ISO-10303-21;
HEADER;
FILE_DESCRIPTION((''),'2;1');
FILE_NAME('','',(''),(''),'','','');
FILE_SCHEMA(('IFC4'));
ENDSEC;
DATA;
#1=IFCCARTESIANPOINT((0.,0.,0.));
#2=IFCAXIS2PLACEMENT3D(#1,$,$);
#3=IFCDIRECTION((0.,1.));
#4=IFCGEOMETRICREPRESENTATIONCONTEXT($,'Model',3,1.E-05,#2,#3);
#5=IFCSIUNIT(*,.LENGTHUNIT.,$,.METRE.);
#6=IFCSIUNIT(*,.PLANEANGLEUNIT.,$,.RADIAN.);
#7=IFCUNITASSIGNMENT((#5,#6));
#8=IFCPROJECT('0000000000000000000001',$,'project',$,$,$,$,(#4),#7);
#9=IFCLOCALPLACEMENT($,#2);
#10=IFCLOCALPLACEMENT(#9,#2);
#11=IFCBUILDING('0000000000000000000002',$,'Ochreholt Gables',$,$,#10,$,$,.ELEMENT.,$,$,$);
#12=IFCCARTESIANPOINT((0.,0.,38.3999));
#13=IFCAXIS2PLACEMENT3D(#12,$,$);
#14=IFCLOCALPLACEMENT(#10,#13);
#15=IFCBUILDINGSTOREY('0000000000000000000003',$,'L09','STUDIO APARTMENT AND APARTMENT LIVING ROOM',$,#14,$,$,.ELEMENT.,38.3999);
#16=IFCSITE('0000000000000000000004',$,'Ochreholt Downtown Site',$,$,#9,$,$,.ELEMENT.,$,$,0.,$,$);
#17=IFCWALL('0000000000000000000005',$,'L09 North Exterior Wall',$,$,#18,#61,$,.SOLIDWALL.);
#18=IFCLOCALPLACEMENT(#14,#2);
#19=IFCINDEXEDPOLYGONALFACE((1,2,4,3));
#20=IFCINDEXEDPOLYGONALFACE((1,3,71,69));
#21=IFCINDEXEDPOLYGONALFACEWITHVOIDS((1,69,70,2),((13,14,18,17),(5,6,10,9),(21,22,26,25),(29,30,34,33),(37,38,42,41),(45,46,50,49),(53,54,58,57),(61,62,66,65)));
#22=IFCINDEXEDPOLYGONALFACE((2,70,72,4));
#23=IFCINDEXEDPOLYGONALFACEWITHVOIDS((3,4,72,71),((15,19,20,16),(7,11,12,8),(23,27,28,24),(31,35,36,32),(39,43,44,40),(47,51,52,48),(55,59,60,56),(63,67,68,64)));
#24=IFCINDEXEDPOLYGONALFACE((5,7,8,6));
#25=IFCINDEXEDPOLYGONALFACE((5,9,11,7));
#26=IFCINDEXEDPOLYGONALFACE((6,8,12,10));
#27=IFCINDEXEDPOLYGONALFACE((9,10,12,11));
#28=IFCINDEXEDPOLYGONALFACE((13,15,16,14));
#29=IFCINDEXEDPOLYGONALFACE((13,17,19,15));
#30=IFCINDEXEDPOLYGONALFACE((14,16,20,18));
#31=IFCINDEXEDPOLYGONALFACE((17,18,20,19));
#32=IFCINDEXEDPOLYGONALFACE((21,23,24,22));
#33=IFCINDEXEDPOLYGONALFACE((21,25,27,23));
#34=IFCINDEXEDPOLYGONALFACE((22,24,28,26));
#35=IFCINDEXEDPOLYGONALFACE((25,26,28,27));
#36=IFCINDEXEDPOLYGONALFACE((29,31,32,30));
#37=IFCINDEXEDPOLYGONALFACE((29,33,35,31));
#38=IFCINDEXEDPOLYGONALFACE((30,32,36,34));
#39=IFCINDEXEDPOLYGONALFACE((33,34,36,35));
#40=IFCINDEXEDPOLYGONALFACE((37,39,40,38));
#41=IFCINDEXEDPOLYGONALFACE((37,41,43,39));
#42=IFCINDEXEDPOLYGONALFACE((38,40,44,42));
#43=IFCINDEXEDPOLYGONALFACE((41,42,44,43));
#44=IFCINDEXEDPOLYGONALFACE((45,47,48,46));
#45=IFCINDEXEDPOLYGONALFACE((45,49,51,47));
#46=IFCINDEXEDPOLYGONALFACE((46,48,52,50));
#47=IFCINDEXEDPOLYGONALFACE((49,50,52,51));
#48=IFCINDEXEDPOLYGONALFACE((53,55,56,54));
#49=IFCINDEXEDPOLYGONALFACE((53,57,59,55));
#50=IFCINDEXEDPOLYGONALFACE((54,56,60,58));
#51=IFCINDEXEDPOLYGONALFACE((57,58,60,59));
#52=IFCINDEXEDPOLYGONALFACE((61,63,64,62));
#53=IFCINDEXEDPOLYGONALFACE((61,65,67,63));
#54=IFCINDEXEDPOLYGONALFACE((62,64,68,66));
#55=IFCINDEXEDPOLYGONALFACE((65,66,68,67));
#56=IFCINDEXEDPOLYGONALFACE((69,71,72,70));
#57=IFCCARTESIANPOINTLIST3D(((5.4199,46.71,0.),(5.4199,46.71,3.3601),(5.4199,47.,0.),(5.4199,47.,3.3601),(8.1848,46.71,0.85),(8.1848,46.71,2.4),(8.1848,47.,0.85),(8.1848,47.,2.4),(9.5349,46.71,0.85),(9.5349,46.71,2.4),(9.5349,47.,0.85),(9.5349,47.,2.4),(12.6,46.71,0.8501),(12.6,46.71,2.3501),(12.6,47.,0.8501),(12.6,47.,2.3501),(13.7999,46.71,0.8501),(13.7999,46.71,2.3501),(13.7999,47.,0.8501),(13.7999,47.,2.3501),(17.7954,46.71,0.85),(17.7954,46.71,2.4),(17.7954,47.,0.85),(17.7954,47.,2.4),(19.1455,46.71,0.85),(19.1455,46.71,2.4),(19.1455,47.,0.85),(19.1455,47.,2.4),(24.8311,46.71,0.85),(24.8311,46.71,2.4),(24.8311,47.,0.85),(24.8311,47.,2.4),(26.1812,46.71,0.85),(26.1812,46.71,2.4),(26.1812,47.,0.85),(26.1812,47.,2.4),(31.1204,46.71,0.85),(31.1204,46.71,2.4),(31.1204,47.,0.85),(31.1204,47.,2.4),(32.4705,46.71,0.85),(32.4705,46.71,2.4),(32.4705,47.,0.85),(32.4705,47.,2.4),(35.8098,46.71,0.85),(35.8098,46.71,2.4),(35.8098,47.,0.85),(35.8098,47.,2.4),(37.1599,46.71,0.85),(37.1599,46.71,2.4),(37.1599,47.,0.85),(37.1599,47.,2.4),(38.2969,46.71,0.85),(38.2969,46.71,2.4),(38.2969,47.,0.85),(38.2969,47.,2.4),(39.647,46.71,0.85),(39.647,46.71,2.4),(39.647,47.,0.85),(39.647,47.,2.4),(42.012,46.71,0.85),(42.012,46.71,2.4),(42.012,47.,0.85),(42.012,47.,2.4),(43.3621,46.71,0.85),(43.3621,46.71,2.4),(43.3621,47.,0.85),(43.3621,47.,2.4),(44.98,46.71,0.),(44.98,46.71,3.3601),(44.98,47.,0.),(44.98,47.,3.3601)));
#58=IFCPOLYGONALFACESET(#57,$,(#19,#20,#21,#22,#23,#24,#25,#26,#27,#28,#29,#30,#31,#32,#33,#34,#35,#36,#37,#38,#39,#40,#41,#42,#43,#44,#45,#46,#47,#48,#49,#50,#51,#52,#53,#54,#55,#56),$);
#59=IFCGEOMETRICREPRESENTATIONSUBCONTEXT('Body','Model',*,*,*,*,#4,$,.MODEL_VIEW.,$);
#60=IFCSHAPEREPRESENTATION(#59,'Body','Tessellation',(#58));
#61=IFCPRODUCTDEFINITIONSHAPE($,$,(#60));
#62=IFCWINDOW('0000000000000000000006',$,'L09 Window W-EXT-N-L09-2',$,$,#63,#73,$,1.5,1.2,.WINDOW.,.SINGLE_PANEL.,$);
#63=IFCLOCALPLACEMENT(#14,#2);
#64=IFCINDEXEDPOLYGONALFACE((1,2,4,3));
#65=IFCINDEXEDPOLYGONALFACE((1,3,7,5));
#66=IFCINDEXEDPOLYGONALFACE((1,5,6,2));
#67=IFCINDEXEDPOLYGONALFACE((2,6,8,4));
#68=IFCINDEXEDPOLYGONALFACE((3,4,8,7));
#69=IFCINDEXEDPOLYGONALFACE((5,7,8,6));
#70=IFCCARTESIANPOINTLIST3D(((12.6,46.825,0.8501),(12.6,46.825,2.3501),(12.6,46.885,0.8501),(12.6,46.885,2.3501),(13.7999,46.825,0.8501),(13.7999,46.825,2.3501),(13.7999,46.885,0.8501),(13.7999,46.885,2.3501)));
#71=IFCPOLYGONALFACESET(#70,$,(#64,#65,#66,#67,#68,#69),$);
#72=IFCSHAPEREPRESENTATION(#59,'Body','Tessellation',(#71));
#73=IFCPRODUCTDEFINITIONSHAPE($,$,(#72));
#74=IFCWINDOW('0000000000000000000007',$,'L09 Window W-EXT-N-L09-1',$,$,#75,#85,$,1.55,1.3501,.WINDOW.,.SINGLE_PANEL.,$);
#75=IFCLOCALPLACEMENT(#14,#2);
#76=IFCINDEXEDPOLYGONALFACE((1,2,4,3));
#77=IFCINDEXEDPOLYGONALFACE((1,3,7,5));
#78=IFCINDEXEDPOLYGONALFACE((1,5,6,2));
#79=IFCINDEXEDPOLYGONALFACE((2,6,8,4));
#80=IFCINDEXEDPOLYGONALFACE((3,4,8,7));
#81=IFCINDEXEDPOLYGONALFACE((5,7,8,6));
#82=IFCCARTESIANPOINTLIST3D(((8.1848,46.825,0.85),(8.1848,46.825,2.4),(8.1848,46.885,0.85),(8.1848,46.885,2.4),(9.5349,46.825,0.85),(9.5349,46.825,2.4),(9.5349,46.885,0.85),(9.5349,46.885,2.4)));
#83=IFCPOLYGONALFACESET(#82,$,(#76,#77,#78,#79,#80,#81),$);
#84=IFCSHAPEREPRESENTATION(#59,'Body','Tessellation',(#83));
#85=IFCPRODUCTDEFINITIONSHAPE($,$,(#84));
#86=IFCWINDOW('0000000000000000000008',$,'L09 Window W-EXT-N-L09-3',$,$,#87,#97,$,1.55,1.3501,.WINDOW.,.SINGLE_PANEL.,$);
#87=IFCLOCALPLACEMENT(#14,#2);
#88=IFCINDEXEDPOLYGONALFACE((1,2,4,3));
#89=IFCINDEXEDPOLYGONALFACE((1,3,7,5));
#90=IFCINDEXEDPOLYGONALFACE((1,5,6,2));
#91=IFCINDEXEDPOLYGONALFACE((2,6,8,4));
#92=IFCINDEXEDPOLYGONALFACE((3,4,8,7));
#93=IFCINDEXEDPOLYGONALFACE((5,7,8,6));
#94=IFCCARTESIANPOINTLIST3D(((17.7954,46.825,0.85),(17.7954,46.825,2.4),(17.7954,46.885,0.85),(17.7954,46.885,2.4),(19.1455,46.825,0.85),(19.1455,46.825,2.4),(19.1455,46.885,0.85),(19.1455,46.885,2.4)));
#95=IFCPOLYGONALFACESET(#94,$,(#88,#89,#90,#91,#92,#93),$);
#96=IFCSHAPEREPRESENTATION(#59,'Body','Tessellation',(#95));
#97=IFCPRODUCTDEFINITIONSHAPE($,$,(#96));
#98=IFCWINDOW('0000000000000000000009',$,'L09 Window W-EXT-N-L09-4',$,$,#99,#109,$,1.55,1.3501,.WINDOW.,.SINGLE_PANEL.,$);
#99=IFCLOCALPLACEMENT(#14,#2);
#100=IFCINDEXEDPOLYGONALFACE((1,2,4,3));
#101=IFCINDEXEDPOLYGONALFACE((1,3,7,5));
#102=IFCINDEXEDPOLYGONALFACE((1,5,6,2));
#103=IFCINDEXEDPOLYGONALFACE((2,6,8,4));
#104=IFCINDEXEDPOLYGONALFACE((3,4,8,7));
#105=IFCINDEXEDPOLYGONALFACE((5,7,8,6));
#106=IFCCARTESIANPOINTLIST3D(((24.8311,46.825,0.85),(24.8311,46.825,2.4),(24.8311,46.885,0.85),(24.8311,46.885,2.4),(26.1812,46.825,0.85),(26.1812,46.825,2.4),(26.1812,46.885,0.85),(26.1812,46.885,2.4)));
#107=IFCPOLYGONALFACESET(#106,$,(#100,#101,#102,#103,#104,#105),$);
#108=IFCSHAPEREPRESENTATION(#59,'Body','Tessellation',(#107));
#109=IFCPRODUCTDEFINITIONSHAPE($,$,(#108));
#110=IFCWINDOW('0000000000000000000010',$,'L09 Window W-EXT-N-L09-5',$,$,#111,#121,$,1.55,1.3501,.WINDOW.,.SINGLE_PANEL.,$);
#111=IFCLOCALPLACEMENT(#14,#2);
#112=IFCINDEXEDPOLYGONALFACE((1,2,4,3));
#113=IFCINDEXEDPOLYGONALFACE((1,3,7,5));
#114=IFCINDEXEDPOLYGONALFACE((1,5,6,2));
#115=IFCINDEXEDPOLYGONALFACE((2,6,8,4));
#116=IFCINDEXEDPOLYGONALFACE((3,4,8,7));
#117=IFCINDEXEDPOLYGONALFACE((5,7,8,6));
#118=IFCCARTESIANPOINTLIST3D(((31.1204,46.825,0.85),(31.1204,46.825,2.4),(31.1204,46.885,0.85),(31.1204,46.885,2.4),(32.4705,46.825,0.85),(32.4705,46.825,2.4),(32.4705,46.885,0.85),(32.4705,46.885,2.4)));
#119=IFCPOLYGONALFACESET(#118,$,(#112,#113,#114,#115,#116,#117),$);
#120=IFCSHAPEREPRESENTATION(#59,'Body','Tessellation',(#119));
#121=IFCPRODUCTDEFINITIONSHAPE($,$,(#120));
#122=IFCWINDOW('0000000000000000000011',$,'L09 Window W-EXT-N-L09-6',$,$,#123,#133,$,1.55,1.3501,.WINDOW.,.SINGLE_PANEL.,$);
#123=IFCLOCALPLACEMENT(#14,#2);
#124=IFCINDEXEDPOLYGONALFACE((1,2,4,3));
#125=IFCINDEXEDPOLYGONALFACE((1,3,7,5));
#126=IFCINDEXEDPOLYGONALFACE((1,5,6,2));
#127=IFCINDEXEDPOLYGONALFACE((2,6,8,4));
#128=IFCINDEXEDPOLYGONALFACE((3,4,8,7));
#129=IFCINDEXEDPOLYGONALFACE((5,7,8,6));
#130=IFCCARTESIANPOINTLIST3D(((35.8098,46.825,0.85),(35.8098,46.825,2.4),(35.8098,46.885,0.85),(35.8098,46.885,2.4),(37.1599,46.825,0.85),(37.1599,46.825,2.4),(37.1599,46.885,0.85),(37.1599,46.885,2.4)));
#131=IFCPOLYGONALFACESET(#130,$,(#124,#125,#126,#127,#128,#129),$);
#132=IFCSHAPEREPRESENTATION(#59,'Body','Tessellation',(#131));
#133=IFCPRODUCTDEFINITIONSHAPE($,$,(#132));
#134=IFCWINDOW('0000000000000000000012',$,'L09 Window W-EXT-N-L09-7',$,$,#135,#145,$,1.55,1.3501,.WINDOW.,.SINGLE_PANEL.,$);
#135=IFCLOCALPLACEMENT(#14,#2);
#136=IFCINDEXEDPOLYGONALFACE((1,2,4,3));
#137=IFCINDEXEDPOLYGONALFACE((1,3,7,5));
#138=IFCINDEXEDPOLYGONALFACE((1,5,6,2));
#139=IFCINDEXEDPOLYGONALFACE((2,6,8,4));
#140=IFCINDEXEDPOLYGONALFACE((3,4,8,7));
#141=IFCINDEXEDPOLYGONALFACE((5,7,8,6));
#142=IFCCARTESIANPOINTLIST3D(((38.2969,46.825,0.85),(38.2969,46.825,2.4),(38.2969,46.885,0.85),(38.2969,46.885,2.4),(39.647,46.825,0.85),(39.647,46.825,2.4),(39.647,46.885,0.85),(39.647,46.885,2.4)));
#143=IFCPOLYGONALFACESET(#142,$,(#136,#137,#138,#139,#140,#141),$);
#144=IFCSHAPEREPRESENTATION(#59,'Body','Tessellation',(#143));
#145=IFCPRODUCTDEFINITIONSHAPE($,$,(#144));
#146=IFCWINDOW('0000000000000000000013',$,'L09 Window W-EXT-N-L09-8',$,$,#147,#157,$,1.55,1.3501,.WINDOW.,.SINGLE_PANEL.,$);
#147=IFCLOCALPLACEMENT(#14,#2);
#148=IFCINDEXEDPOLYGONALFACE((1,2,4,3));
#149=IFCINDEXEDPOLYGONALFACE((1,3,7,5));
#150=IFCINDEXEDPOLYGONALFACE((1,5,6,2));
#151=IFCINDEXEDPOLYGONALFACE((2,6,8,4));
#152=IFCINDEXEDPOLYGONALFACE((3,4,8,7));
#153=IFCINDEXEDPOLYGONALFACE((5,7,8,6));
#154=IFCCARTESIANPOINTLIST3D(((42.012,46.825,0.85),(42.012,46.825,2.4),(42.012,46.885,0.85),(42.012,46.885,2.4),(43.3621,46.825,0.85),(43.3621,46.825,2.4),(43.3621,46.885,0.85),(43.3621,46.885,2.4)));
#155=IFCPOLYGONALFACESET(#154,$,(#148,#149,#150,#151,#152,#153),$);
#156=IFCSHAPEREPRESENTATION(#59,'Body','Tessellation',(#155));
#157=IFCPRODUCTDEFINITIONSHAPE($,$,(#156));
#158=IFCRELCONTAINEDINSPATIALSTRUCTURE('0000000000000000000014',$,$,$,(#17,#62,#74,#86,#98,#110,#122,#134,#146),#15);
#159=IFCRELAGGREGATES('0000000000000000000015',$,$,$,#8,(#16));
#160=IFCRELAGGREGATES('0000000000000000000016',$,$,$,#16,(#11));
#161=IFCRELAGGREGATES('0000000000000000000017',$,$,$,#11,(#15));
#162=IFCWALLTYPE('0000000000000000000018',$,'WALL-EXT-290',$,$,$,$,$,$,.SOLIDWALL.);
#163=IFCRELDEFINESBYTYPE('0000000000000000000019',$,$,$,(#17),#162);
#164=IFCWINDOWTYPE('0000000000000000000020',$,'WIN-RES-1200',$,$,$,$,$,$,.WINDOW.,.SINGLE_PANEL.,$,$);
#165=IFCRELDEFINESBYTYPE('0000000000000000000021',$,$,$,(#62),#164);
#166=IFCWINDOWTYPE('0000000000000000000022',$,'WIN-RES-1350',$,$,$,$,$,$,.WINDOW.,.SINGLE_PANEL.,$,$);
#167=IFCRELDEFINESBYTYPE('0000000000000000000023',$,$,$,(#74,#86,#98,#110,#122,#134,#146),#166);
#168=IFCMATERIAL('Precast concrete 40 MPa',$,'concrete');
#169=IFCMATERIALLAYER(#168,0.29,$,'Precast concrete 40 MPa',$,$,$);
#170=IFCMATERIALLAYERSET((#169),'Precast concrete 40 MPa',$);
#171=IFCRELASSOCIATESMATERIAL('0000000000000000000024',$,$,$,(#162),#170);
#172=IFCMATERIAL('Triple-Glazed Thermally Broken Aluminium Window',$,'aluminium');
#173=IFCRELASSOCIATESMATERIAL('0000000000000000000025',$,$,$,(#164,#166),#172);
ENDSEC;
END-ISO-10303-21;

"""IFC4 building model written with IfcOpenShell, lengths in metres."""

from ifc_helpers import new_model, si_unit, direction, frame, frame_2d, origin, place, context, subcontext, project, spatial, rectangle, extrude, material, layer, layer_set, type_object, element, fill, save


model = new_model("IFC4")

# Units and contexts
model_context = context("Model", 3, precision=1e-05, world=origin(), true_north=direction((0.0, 1.0)))
body_context = subcontext(model_context, "Body", "Model", "MODEL_VIEW")
ifc_project = project(units=[si_unit("LENGTHUNIT", "METRE"), si_unit("PLANEANGLEUNIT", "RADIAN")], contexts=[model_context])

# Site, building, storey
site_placement = place(None, origin())
site = spatial("IfcSite", under=ifc_project, at=site_placement, Name="Ochreholt Downtown Site", CompositionType="ELEMENT", RefElevation=0.0)
building_placement = place(site_placement, origin())
building = spatial("IfcBuilding", under=site, at=building_placement, Name="Ochreholt Gables", CompositionType="ELEMENT")
storey_placement = place(building_placement, frame((0.0, 0.0, 38.3999)))
storey = spatial("IfcBuildingStorey", under=building, at=storey_placement, Name="L09", Description="STUDIO APARTMENT AND APARTMENT LIVING ROOM", CompositionType="ELEMENT", Elevation=38.3999)

# Wall, openings, windows
ifc_material_1 = material(Name="Precast concrete 40 MPa", Category="concrete")
ifc_layer_1 = layer(ifc_material_1, 0.29, Name="Precast concrete 40 MPa")
ifc_layer_set_1 = layer_set([ifc_layer_1], Name="Precast concrete 40 MPa")
wall_type_1 = type_object("IfcWallType", Name="WALL-EXT-290", PredefinedType="SOLIDWALL", material=ifc_layer_set_1)
wall_1_placement = place(storey_placement, frame((44.98, 46.855, 0.0), z_axis=(0.0, 0.0, 1.0), x_axis=(-1.0, 0.0, 0.0)))
wall_1 = element("IfcWall", 1, at=wall_1_placement, inside=storey, type_object=wall_type_1, Name="L09 North Exterior Wall", PredefinedType="SOLIDWALL", context=body_context, shape_type="SweptSolid", body=[
    extrude(rectangle(XDim=39.5601, YDim=0.29, at=frame_2d((19.78, 0.0))), origin(), (0.0, 0.0, 1.0), 3.3601),
])
opening_1_placement = place(wall_1_placement, frame((35.4451, 0.0, 0.8501)))
opening_1 = element("IfcOpeningElement", 2, at=opening_1_placement, cuts=wall_1, PredefinedType="OPENING", context=body_context, shape_type="SweptSolid", body=[
    extrude(rectangle(XDim=1.3501, YDim=1.55, at=frame_2d((0.675, 0.7749))), frame((0.0, 0.155, 0.0), z_axis=(0.0, -1.0, 0.0), x_axis=(1.0, 0.0, 0.0)), (0.0, 0.0, 1.0), 0.3101),
])
opening_2_placement = place(wall_1_placement, frame((31.1799, 0.0, 0.8501)))
opening_2 = element("IfcOpeningElement", 3, at=opening_2_placement, cuts=wall_1, PredefinedType="OPENING", context=body_context, shape_type="SweptSolid", body=[
    extrude(rectangle(XDim=1.2, YDim=1.5, at=frame_2d((0.6001, 0.75))), frame((0.0, 0.155, 0.0), z_axis=(0.0, -1.0, 0.0), x_axis=(1.0, 0.0, 0.0)), (0.0, 0.0, 1.0), 0.3101),
])
opening_3_placement = place(wall_1_placement, frame((25.8345, 0.0, 0.8501)))
opening_3 = element("IfcOpeningElement", 4, at=opening_3_placement, cuts=wall_1, PredefinedType="OPENING", context=body_context, shape_type="SweptSolid", body=[
    extrude(rectangle(XDim=1.3501, YDim=1.55, at=frame_2d((0.675, 0.7749))), frame((0.0, 0.155, 0.0), z_axis=(0.0, -1.0, 0.0), x_axis=(1.0, 0.0, 0.0)), (0.0, 0.0, 1.0), 0.3101),
])
opening_4_placement = place(wall_1_placement, frame((18.7988, 0.0, 0.8501)))
opening_4 = element("IfcOpeningElement", 5, at=opening_4_placement, cuts=wall_1, PredefinedType="OPENING", context=body_context, shape_type="SweptSolid", body=[
    extrude(rectangle(XDim=1.3501, YDim=1.55, at=frame_2d((0.675, 0.7749))), frame((0.0, 0.155, 0.0), z_axis=(0.0, -1.0, 0.0), x_axis=(1.0, 0.0, 0.0)), (0.0, 0.0, 1.0), 0.3101),
])
opening_5_placement = place(wall_1_placement, frame((12.5095, 0.0, 0.8501)))
opening_5 = element("IfcOpeningElement", 6, at=opening_5_placement, cuts=wall_1, PredefinedType="OPENING", context=body_context, shape_type="SweptSolid", body=[
    extrude(rectangle(XDim=1.3501, YDim=1.55, at=frame_2d((0.675, 0.7749))), frame((0.0, 0.155, 0.0), z_axis=(0.0, -1.0, 0.0), x_axis=(1.0, 0.0, 0.0)), (0.0, 0.0, 1.0), 0.3101),
])
opening_6_placement = place(wall_1_placement, frame((7.8201, 0.0, 0.8501)))
opening_6 = element("IfcOpeningElement", 7, at=opening_6_placement, cuts=wall_1, PredefinedType="OPENING", context=body_context, shape_type="SweptSolid", body=[
    extrude(rectangle(XDim=1.3501, YDim=1.55, at=frame_2d((0.675, 0.7749))), frame((0.0, 0.155, 0.0), z_axis=(0.0, -1.0, 0.0), x_axis=(1.0, 0.0, 0.0)), (0.0, 0.0, 1.0), 0.3101),
])
opening_7_placement = place(wall_1_placement, frame((5.333, 0.0, 0.8501)))
opening_7 = element("IfcOpeningElement", 8, at=opening_7_placement, cuts=wall_1, PredefinedType="OPENING", context=body_context, shape_type="SweptSolid", body=[
    extrude(rectangle(XDim=1.3501, YDim=1.55, at=frame_2d((0.675, 0.7749))), frame((0.0, 0.155, 0.0), z_axis=(0.0, -1.0, 0.0), x_axis=(1.0, 0.0, 0.0)), (0.0, 0.0, 1.0), 0.3101),
])
opening_8_placement = place(wall_1_placement, frame((1.6179, 0.0, 0.8501)))
opening_8 = element("IfcOpeningElement", 9, at=opening_8_placement, cuts=wall_1, PredefinedType="OPENING", context=body_context, shape_type="SweptSolid", body=[
    extrude(rectangle(XDim=1.3501, YDim=1.55, at=frame_2d((0.675, 0.7749))), frame((0.0, 0.155, 0.0), z_axis=(0.0, -1.0, 0.0), x_axis=(1.0, 0.0, 0.0)), (0.0, 0.0, 1.0), 0.3101),
])
ifc_material_2 = material(Name="Triple-Glazed Thermally Broken Aluminium Window", Category="aluminium")
window_type_1 = type_object("IfcWindowType", Name="WIN-RES-1200", PartitioningType="SINGLE_PANEL", PredefinedType="WINDOW", material=ifc_material_2)
window_1_placement = place(opening_2_placement, origin())
window_1 = element("IfcWindow", 10, at=window_1_placement, inside=storey, type_object=window_type_1, Name="L09 Window W-EXT-N-L09-2", OverallHeight=1.5, OverallWidth=1.2, PartitioningType="SINGLE_PANEL", PredefinedType="WINDOW", context=body_context, shape_type="SweptSolid", body=[
    extrude(rectangle(XDim=1.2, YDim=1.5, at=frame_2d((0.6001, 0.75))), frame((0.0, 0.03, 0.0), z_axis=(0.0, -1.0, 0.0), x_axis=(1.0, 0.0, 0.0)), (0.0, 0.0, 1.0), 0.0601),
])
fill(opening_2, window_1)
window_type_2 = type_object("IfcWindowType", Name="WIN-RES-1350", PartitioningType="SINGLE_PANEL", PredefinedType="WINDOW", material=ifc_material_2)
window_2_placement = place(opening_1_placement, origin())
window_2 = element("IfcWindow", 11, at=window_2_placement, inside=storey, type_object=window_type_2, Name="L09 Window W-EXT-N-L09-1", OverallHeight=1.55, OverallWidth=1.3501, PartitioningType="SINGLE_PANEL", PredefinedType="WINDOW", context=body_context, shape_type="SweptSolid", body=[
    extrude(rectangle(XDim=1.3501, YDim=1.55, at=frame_2d((0.675, 0.7749))), frame((0.0, 0.03, 0.0), z_axis=(0.0, -1.0, 0.0), x_axis=(1.0, 0.0, 0.0)), (0.0, 0.0, 1.0), 0.0601),
])
fill(opening_1, window_2)
window_3_placement = place(opening_3_placement, origin())
window_3 = element("IfcWindow", 12, at=window_3_placement, inside=storey, type_object=window_type_2, Name="L09 Window W-EXT-N-L09-3", OverallHeight=1.55, OverallWidth=1.3501, PartitioningType="SINGLE_PANEL", PredefinedType="WINDOW", context=body_context, shape_type="SweptSolid", body=[
    extrude(rectangle(XDim=1.3501, YDim=1.55, at=frame_2d((0.675, 0.7749))), frame((0.0, 0.03, 0.0), z_axis=(0.0, -1.0, 0.0), x_axis=(1.0, 0.0, 0.0)), (0.0, 0.0, 1.0), 0.0601),
])
fill(opening_3, window_3)
window_4_placement = place(opening_4_placement, origin())
window_4 = element("IfcWindow", 13, at=window_4_placement, inside=storey, type_object=window_type_2, Name="L09 Window W-EXT-N-L09-4", OverallHeight=1.55, OverallWidth=1.3501, PartitioningType="SINGLE_PANEL", PredefinedType="WINDOW", context=body_context, shape_type="SweptSolid", body=[
    extrude(rectangle(XDim=1.3501, YDim=1.55, at=frame_2d((0.675, 0.7749))), frame((0.0, 0.03, 0.0), z_axis=(0.0, -1.0, 0.0), x_axis=(1.0, 0.0, 0.0)), (0.0, 0.0, 1.0), 0.0601),
])
fill(opening_4, window_4)
window_5_placement = place(opening_5_placement, origin())
window_5 = element("IfcWindow", 14, at=window_5_placement, inside=storey, type_object=window_type_2, Name="L09 Window W-EXT-N-L09-5", OverallHeight=1.55, OverallWidth=1.3501, PartitioningType="SINGLE_PANEL", PredefinedType="WINDOW", context=body_context, shape_type="SweptSolid", body=[
    extrude(rectangle(XDim=1.3501, YDim=1.55, at=frame_2d((0.675, 0.7749))), frame((0.0, 0.03, 0.0), z_axis=(0.0, -1.0, 0.0), x_axis=(1.0, 0.0, 0.0)), (0.0, 0.0, 1.0), 0.0601),
])
fill(opening_5, window_5)
window_6_placement = place(opening_6_placement, origin())
window_6 = element("IfcWindow", 15, at=window_6_placement, inside=storey, type_object=window_type_2, Name="L09 Window W-EXT-N-L09-6", OverallHeight=1.55, OverallWidth=1.3501, PartitioningType="SINGLE_PANEL", PredefinedType="WINDOW", context=body_context, shape_type="SweptSolid", body=[
    extrude(rectangle(XDim=1.3501, YDim=1.55, at=frame_2d((0.675, 0.7749))), frame((0.0, 0.03, 0.0), z_axis=(0.0, -1.0, 0.0), x_axis=(1.0, 0.0, 0.0)), (0.0, 0.0, 1.0), 0.0601),
])
fill(opening_6, window_6)
window_7_placement = place(opening_7_placement, origin())
window_7 = element("IfcWindow", 16, at=window_7_placement, inside=storey, type_object=window_type_2, Name="L09 Window W-EXT-N-L09-7", OverallHeight=1.55, OverallWidth=1.3501, PartitioningType="SINGLE_PANEL", PredefinedType="WINDOW", context=body_context, shape_type="SweptSolid", body=[
    extrude(rectangle(XDim=1.3501, YDim=1.55, at=frame_2d((0.675, 0.7749))), frame((0.0, 0.03, 0.0), z_axis=(0.0, -1.0, 0.0), x_axis=(1.0, 0.0, 0.0)), (0.0, 0.0, 1.0), 0.0601),
])
fill(opening_7, window_7)
window_8_placement = place(opening_8_placement, origin())
window_8 = element("IfcWindow", 17, at=window_8_placement, inside=storey, type_object=window_type_2, Name="L09 Window W-EXT-N-L09-8", OverallHeight=1.55, OverallWidth=1.3501, PartitioningType="SINGLE_PANEL", PredefinedType="WINDOW", context=body_context, shape_type="SweptSolid", body=[
    extrude(rectangle(XDim=1.3501, YDim=1.55, at=frame_2d((0.675, 0.7749))), frame((0.0, 0.03, 0.0), z_axis=(0.0, -1.0, 0.0), x_axis=(1.0, 0.0, 0.0)), (0.0, 0.0, 1.0), 0.0601),
])
fill(opening_8, window_8)

save(model, "model.ifc")
